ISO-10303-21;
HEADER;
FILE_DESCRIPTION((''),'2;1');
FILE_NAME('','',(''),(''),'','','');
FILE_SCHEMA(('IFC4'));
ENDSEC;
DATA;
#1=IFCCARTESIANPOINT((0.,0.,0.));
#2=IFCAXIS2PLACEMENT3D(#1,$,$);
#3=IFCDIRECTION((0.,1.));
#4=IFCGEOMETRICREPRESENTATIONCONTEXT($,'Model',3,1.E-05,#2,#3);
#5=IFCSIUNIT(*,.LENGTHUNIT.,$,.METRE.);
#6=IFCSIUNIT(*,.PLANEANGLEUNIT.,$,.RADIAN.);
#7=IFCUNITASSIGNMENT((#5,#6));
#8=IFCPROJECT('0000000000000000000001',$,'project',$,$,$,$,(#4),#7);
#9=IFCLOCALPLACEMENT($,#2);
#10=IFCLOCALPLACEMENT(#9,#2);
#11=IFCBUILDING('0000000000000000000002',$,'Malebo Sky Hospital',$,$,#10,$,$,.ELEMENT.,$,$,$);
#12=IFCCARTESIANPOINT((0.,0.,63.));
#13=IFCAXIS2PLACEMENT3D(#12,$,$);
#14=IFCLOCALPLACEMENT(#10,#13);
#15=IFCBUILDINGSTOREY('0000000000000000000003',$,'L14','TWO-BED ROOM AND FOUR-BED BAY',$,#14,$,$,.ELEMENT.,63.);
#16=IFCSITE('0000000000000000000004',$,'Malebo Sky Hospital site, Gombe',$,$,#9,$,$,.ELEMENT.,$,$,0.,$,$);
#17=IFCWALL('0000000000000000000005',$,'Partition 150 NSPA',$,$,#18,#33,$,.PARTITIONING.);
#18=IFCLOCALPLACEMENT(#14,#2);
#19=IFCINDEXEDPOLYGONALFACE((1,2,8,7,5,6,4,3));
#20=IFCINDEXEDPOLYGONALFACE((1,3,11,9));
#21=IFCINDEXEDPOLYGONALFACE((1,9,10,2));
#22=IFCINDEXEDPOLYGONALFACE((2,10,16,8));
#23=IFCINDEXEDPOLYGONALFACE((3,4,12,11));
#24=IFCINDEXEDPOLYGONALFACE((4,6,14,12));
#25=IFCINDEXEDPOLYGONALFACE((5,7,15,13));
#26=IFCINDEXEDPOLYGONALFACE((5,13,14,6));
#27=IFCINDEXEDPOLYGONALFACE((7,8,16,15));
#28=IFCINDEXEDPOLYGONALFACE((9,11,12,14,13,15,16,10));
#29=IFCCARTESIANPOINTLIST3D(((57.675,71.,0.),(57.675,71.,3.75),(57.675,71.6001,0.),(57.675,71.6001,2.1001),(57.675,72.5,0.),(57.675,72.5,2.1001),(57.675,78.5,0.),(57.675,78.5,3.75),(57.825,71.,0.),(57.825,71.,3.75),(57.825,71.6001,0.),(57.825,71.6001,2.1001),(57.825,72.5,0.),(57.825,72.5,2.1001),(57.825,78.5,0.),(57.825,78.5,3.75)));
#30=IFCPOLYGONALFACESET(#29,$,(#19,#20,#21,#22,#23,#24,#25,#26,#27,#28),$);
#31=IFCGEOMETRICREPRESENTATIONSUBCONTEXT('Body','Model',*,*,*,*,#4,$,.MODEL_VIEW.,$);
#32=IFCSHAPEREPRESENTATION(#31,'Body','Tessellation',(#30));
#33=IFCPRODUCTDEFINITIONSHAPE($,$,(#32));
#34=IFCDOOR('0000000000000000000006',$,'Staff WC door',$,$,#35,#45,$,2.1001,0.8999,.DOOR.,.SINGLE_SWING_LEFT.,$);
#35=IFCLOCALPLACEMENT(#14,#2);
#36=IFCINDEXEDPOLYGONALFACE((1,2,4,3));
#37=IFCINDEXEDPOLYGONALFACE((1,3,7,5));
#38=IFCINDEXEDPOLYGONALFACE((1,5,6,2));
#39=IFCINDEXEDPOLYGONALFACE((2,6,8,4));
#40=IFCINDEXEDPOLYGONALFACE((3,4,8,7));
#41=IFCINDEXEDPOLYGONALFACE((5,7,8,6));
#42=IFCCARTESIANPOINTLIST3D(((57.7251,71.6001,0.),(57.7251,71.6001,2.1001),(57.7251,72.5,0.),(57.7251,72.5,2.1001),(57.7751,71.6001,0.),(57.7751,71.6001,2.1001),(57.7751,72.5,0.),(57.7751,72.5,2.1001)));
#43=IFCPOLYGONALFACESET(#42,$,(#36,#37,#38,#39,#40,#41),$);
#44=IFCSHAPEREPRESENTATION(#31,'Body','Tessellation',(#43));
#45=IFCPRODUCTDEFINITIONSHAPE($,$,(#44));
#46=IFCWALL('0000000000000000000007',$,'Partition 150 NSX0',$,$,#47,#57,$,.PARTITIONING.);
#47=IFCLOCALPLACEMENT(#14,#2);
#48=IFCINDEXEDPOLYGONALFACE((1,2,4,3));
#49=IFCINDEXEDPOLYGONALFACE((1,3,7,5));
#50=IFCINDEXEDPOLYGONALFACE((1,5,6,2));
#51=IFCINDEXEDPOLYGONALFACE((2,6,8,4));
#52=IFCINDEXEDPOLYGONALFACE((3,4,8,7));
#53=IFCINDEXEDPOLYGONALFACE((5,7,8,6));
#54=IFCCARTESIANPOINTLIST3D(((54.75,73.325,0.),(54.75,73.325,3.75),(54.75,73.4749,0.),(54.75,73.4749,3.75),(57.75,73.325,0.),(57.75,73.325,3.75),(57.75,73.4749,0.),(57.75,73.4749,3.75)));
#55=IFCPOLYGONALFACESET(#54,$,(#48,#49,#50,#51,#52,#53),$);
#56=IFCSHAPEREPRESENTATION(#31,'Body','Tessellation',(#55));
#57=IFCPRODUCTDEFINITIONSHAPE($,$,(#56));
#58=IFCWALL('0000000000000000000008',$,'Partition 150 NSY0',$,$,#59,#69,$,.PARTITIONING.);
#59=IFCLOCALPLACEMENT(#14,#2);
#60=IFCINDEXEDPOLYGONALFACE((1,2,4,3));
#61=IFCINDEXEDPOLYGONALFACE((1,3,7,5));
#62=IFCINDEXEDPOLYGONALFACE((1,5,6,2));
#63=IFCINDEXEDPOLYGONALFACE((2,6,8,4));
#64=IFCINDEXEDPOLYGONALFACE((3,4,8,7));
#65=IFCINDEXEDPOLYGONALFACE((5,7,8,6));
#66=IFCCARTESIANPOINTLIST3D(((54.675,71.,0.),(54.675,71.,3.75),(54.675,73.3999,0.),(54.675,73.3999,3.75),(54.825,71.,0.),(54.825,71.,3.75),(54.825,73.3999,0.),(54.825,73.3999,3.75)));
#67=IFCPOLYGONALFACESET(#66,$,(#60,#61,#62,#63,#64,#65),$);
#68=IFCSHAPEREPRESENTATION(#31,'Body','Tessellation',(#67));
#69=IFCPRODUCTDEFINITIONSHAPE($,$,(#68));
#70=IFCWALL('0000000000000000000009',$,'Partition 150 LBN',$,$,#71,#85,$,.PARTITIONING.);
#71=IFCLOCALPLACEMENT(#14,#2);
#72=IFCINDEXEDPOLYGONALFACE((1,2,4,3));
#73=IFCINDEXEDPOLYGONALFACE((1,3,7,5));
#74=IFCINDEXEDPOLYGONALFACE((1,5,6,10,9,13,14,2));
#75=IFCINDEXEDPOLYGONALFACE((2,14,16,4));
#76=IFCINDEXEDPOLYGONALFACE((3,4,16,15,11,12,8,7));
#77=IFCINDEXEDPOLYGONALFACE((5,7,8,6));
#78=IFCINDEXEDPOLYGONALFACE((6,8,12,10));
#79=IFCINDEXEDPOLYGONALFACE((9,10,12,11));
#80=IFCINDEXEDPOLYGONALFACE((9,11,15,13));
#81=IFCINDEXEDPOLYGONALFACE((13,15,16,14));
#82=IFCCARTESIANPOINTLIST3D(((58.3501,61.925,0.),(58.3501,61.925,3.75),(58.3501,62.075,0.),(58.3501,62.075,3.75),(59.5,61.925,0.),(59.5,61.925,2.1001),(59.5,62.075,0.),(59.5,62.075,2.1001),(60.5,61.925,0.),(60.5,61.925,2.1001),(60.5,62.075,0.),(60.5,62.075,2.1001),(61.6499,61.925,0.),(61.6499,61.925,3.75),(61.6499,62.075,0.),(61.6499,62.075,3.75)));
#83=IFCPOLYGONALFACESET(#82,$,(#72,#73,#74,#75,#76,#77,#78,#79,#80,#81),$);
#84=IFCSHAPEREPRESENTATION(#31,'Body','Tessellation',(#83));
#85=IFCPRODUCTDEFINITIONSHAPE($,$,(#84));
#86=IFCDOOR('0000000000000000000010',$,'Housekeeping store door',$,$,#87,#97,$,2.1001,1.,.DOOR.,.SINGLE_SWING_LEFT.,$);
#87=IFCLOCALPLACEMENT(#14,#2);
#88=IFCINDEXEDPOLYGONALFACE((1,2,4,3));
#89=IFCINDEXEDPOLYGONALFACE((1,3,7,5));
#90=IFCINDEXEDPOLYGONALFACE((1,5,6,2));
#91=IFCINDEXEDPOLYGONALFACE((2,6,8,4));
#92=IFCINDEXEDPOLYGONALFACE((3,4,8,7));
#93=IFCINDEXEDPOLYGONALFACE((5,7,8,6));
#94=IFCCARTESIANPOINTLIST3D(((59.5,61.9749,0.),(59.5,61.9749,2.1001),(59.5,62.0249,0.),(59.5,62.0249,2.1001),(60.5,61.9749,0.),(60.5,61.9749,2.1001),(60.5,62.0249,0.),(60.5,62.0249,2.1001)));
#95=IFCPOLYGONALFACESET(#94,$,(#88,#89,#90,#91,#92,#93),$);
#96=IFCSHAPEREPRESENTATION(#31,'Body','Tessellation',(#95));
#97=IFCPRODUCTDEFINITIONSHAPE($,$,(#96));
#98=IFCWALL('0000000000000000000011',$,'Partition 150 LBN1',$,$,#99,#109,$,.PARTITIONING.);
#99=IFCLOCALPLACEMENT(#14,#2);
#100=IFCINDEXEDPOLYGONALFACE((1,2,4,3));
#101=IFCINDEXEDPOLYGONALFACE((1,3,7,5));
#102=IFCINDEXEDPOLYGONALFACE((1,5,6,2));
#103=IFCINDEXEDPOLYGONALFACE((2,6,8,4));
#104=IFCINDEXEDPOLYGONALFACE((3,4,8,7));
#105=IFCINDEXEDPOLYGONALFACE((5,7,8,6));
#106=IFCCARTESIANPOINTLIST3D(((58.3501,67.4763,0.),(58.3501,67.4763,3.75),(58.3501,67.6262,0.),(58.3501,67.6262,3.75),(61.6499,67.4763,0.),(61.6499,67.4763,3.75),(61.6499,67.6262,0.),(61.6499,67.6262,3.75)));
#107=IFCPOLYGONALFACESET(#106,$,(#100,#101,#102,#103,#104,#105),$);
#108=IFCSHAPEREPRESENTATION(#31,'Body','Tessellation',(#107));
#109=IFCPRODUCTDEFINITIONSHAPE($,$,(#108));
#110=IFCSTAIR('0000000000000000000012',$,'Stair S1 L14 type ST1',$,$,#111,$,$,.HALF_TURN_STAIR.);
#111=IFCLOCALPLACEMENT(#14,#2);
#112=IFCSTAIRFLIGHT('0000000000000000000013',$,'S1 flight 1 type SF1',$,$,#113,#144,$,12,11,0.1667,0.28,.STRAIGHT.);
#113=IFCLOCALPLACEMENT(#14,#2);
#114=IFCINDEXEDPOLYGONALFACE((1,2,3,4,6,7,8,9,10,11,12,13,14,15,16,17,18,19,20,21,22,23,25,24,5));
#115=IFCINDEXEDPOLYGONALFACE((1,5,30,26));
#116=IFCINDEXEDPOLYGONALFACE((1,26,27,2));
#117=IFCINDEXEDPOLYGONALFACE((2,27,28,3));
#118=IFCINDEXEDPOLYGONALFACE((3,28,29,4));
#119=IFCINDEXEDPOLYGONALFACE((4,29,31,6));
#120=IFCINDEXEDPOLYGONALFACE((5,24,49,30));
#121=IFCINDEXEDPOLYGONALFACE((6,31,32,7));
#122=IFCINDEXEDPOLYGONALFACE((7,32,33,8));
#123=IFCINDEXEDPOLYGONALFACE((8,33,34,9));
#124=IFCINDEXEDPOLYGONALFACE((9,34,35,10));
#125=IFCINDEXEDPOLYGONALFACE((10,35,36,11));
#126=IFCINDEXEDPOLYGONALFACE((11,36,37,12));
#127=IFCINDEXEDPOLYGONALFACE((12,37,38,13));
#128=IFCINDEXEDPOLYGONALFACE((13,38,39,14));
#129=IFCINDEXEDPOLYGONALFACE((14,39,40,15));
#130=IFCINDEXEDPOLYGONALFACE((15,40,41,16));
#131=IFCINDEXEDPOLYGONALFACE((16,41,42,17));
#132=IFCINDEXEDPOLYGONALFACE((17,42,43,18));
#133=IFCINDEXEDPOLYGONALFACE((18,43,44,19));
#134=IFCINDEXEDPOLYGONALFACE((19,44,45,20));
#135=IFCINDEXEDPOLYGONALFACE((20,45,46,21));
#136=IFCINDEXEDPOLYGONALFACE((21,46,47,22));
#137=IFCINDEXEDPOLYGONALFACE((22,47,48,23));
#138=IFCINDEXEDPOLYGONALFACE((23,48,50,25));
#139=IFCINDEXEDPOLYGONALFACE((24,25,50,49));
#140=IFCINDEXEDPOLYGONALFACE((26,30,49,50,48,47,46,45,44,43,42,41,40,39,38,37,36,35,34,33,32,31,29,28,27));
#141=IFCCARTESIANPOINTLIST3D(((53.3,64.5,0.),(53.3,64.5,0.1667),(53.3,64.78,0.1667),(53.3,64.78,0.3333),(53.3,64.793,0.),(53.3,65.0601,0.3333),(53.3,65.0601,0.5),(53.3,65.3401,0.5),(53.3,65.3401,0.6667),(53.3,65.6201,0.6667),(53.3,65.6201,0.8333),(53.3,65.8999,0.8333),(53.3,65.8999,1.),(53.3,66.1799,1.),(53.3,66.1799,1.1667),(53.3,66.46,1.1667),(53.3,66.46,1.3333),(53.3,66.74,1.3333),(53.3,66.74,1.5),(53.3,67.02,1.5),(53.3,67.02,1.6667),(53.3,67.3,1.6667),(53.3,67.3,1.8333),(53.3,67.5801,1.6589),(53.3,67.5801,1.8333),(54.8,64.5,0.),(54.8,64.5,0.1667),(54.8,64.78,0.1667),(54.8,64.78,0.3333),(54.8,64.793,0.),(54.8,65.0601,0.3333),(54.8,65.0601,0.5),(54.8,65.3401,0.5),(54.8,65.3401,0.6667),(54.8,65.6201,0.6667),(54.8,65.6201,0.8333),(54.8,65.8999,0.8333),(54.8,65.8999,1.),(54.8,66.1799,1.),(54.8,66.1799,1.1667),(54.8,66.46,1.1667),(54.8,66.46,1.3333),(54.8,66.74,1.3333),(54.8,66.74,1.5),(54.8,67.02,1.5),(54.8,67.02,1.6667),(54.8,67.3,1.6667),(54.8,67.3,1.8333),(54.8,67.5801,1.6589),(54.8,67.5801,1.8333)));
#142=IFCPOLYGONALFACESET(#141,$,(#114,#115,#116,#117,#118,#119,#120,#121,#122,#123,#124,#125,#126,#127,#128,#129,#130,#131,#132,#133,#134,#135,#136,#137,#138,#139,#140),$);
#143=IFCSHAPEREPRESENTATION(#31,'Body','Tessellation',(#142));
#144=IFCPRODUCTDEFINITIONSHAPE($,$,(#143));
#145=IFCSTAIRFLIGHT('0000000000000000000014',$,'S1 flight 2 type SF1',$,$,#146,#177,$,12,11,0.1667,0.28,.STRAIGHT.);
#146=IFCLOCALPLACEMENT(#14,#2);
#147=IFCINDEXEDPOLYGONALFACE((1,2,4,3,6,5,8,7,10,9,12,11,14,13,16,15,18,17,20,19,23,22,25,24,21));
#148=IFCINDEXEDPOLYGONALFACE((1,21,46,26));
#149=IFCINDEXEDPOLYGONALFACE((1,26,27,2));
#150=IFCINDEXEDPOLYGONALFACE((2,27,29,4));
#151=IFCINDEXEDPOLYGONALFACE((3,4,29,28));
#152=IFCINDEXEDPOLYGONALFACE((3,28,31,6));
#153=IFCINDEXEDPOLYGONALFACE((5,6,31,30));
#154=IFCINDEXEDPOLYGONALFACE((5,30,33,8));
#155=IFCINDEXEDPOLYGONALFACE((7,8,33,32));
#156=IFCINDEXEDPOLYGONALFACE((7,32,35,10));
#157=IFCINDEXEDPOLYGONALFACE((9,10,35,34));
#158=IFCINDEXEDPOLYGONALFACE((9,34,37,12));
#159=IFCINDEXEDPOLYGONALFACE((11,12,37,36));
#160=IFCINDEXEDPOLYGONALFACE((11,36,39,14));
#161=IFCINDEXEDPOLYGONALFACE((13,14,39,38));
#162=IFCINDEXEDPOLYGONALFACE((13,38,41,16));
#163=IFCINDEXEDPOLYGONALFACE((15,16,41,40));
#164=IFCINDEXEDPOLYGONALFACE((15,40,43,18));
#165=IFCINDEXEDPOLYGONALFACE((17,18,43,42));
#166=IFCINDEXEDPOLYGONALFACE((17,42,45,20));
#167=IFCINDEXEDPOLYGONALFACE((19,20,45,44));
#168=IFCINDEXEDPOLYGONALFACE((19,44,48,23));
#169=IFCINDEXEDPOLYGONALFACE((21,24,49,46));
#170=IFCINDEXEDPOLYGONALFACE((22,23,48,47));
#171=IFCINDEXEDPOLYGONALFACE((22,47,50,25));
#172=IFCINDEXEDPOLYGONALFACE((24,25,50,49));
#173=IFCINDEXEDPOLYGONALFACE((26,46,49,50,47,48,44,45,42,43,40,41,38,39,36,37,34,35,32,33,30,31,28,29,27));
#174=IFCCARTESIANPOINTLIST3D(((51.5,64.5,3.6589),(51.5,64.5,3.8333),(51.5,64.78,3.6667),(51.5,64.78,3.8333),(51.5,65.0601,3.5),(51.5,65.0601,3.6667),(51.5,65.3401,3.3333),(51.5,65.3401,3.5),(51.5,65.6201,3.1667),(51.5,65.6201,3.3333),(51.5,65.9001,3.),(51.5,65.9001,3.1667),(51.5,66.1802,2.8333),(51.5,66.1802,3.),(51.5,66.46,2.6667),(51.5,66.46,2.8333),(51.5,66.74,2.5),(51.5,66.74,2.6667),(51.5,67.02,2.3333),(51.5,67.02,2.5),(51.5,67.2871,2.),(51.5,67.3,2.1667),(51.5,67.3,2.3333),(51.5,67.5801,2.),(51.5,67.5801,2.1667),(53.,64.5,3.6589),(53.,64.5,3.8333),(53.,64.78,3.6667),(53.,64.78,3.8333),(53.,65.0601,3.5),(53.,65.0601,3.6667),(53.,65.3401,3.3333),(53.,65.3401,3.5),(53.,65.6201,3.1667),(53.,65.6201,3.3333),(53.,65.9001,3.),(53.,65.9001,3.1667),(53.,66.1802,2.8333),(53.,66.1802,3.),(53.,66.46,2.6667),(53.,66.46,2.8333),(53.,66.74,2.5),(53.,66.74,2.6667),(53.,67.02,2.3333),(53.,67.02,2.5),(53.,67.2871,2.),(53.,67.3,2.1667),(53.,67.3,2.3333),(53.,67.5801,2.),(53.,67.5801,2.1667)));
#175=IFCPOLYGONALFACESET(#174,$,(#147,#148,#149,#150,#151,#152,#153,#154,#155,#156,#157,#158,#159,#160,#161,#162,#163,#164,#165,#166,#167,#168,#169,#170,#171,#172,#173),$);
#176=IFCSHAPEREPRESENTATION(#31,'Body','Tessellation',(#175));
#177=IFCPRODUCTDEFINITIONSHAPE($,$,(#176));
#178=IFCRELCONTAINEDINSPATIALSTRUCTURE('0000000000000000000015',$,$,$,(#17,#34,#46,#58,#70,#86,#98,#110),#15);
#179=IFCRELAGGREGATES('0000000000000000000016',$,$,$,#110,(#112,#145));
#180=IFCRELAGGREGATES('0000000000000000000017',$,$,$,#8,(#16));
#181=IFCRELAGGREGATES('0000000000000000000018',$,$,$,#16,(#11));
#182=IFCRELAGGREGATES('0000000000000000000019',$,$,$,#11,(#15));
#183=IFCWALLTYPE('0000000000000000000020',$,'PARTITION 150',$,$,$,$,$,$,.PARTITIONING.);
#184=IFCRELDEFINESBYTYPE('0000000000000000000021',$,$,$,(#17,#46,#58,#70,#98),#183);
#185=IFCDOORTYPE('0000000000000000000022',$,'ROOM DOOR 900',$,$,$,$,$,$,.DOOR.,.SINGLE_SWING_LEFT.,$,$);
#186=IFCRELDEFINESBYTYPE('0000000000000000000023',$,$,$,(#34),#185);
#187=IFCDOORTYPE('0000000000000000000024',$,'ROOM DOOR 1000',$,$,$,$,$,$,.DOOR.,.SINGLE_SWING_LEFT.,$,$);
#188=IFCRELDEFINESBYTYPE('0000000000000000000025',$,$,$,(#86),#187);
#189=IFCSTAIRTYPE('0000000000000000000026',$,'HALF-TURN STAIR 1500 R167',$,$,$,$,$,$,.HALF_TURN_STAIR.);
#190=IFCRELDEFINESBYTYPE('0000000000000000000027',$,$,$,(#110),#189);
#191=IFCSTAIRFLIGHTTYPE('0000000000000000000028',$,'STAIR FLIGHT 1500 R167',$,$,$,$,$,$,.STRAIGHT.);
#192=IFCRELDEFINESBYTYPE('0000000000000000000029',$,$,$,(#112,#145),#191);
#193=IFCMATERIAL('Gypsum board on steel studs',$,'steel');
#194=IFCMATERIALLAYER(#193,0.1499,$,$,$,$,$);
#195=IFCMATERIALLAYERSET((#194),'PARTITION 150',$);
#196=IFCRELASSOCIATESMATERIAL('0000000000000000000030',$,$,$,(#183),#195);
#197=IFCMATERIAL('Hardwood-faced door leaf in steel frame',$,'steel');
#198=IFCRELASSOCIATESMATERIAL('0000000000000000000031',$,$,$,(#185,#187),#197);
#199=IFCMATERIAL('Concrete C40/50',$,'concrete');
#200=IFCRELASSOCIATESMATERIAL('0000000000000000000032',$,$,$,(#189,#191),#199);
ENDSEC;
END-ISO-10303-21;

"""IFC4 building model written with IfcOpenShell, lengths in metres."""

from ifc_helpers import new_model, si_unit, direction, frame, frame_2d, origin, place, context, subcontext, project, spatial, polyline, rectangle, outline, extrude, material, layer, layer_set, type_object, element, fill, aggregate, save


model = new_model("IFC4")

# Units and contexts
model_context = context("Model", 3, precision=1e-05, world=origin(), true_north=direction((0.0, 1.0)))
body_context = subcontext(model_context, "Body", "Model", "MODEL_VIEW")
ifc_project = project(units=[si_unit("LENGTHUNIT", "METRE"), si_unit("PLANEANGLEUNIT", "RADIAN")], contexts=[model_context])

# Site, building, storey
site_placement = place(None, origin())
site = spatial("IfcSite", under=ifc_project, at=site_placement, Name="Malebo Sky Hospital site, Gombe", CompositionType="ELEMENT", RefElevation=0.0)
building_placement = place(site_placement, origin())
building = spatial("IfcBuilding", under=site, at=building_placement, Name="Malebo Sky Hospital", CompositionType="ELEMENT")
storey_placement = place(building_placement, frame((0.0, 0.0, 63.0)))
storey = spatial("IfcBuildingStorey", under=building, at=storey_placement, Name="L14", Description="TWO-BED ROOM AND FOUR-BED BAY", CompositionType="ELEMENT", Elevation=63.0)

# Wall, opening, door
ifc_material_1 = material(Name="Gypsum board on steel studs", Category="steel")
ifc_layer_1 = layer(ifc_material_1, 0.1499)
ifc_layer_set_1 = layer_set([ifc_layer_1], Name="PARTITION 150")
wall_type_1 = type_object("IfcWallType", Name="PARTITION 150", PredefinedType="PARTITIONING", material=ifc_layer_set_1)
wall_1_placement = place(storey_placement, frame((57.75, 71.0, 0.0), z_axis=(0.0, 0.0, 1.0), x_axis=(0.0, 1.0, 0.0)))
wall_1 = element("IfcWall", 1, at=wall_1_placement, inside=storey, type_object=wall_type_1, Name="Partition 150 NSPA", PredefinedType="PARTITIONING", context=body_context, shape_type="SweptSolid", body=[
    extrude(rectangle(XDim=7.5, YDim=0.1499, at=frame_2d((3.75, 0.0))), origin(), (0.0, 0.0, 1.0), 3.75),
])
opening_1_placement = place(wall_1_placement, frame((0.6001, 0.0, 0.0)))
opening_1 = element("IfcOpeningElement", 2, at=opening_1_placement, cuts=wall_1, PredefinedType="OPENING", context=body_context, shape_type="SweptSolid", body=[
    extrude(rectangle(XDim=0.8999, YDim=2.1001, at=frame_2d((0.45, 1.05))), frame((0.0, 0.085, 0.0), z_axis=(0.0, -1.0, 0.0), x_axis=(1.0, 0.0, 0.0)), (0.0, 0.0, 1.0), 0.1699),
])
ifc_material_2 = material(Name="Hardwood-faced door leaf in steel frame", Category="steel")
door_type_1 = type_object("IfcDoorType", Name="ROOM DOOR 900", OperationType="SINGLE_SWING_LEFT", PredefinedType="DOOR", material=ifc_material_2)
door_1_placement = place(opening_1_placement, origin())
door_1 = element("IfcDoor", 3, at=door_1_placement, inside=storey, type_object=door_type_1, Name="Staff WC door", OperationType="SINGLE_SWING_LEFT", OverallHeight=2.1001, OverallWidth=0.8999, PredefinedType="DOOR", context=body_context, shape_type="SweptSolid", body=[
    extrude(rectangle(XDim=0.8999, YDim=2.1001, at=frame_2d((0.45, 1.05))), frame((0.0, 0.0249, 0.0), z_axis=(0.0, -1.0, 0.0), x_axis=(1.0, 0.0, 0.0)), (0.0, 0.0, 1.0), 0.05),
])
fill(opening_1, door_1)

# Walls
wall_2_placement = place(storey_placement, frame((54.75, 73.3999, 0.0), z_axis=(0.0, 0.0, 1.0), x_axis=(1.0, 0.0, 0.0)))
element("IfcWall", 4, at=wall_2_placement, inside=storey, type_object=wall_type_1, Name="Partition 150 NSX0", PredefinedType="PARTITIONING", context=body_context, shape_type="SweptSolid", body=[
    extrude(rectangle(XDim=3.0, YDim=0.1499, at=frame_2d((1.5, 0.0))), origin(), (0.0, 0.0, 1.0), 3.75),
])
wall_3_placement = place(storey_placement, frame((54.75, 71.0, 0.0), z_axis=(0.0, 0.0, 1.0), x_axis=(0.0, 1.0, 0.0)))
element("IfcWall", 5, at=wall_3_placement, inside=storey, type_object=wall_type_1, Name="Partition 150 NSY0", PredefinedType="PARTITIONING", context=body_context, shape_type="SweptSolid", body=[
    extrude(rectangle(XDim=2.3999, YDim=0.1499, at=frame_2d((1.2, 0.0))), origin(), (0.0, 0.0, 1.0), 3.75),
])

# Wall, opening, door
wall_4_placement = place(storey_placement, frame((58.3501, 62.0, 0.0), z_axis=(0.0, 0.0, 1.0), x_axis=(1.0, 0.0, 0.0)))
wall_4 = element("IfcWall", 6, at=wall_4_placement, inside=storey, type_object=wall_type_1, Name="Partition 150 LBN", PredefinedType="PARTITIONING", context=body_context, shape_type="SweptSolid", body=[
    extrude(rectangle(XDim=3.2998, YDim=0.1499, at=frame_2d((1.6499, 0.0))), origin(), (0.0, 0.0, 1.0), 3.75),
])
opening_2_placement = place(wall_4_placement, frame((1.1499, 0.0, 0.0)))
opening_2 = element("IfcOpeningElement", 7, at=opening_2_placement, cuts=wall_4, PredefinedType="OPENING", context=body_context, shape_type="SweptSolid", body=[
    extrude(rectangle(XDim=1.0, YDim=2.1001, at=frame_2d((0.5, 1.05))), frame((0.0, 0.085, 0.0), z_axis=(0.0, -1.0, 0.0), x_axis=(1.0, 0.0, 0.0)), (0.0, 0.0, 1.0), 0.1699),
])
door_type_2 = type_object("IfcDoorType", Name="ROOM DOOR 1000", OperationType="SINGLE_SWING_LEFT", PredefinedType="DOOR", material=ifc_material_2)
door_2_placement = place(opening_2_placement, origin())
door_2 = element("IfcDoor", 8, at=door_2_placement, inside=storey, type_object=door_type_2, Name="Housekeeping store door", OperationType="SINGLE_SWING_LEFT", OverallHeight=2.1001, OverallWidth=1.0, PredefinedType="DOOR", context=body_context, shape_type="SweptSolid", body=[
    extrude(rectangle(XDim=1.0, YDim=2.1001, at=frame_2d((0.5, 1.05))), frame((0.0, 0.0249, 0.0), z_axis=(0.0, -1.0, 0.0), x_axis=(1.0, 0.0, 0.0)), (0.0, 0.0, 1.0), 0.05),
])
fill(opening_2, door_2)

# Wall
wall_5_placement = place(storey_placement, frame((58.3501, 67.5513, 0.0), z_axis=(0.0, 0.0, 1.0), x_axis=(1.0, 0.0, 0.0)))
element("IfcWall", 9, at=wall_5_placement, inside=storey, type_object=wall_type_1, Name="Partition 150 LBN1", PredefinedType="PARTITIONING", context=body_context, shape_type="SweptSolid", body=[
    extrude(rectangle(XDim=3.2998, YDim=0.1499, at=frame_2d((1.6499, 0.0))), origin(), (0.0, 0.0, 1.0), 3.75),
])

# Stair, stair flights
ifc_material_3 = material(Name="Concrete C40/50", Category="concrete")
stair_type = type_object("IfcStairType", Name="HALF-TURN STAIR 1500 R167", PredefinedType="HALF_TURN_STAIR", material=ifc_material_3)
stair_placement = place(storey_placement, origin())
stair = element("IfcStair", 10, at=stair_placement, inside=storey, type_object=stair_type, Name="Stair S1 L14 type ST1", PredefinedType="HALF_TURN_STAIR")
stair_flight_type = type_object("IfcStairFlightType", Name="STAIR FLIGHT 1500 R167", PredefinedType="STRAIGHT", material=ifc_material_3)
stair_flight_1_placement = place(storey_placement, frame((54.05, 64.5, 0.0), z_axis=(0.0, 0.0, 1.0), x_axis=(0.0, 1.0, 0.0)))
stair_flight_1 = element("IfcStairFlight", 11, at=stair_flight_1_placement, type_object=stair_flight_type, Name="S1 flight 1 type SF1", NumberOfRisers=12, NumberOfTreads=11, PredefinedType="STRAIGHT", RiserHeight=0.1667, TreadLength=0.28, context=body_context, shape_type="SweptSolid", body=[
    extrude(outline(polyline([(0.0, 0.0), (0.0, 0.1667), (0.28, 0.1667), (0.28, 0.3333), (0.5601, 0.3333), (0.5601, 0.5), (0.8401, 0.5), (0.8401, 0.6667), (1.1201, 0.6667), (1.1201, 0.8333), (1.3999, 0.8333), (1.3999, 1.0), (1.6799, 1.0), (1.6799, 1.1667), (1.96, 1.1667), (1.96, 1.3333), (2.24, 1.3333), (2.24, 1.5), (2.52, 1.5), (2.52, 1.6667), (2.8, 1.6667), (2.8, 1.8333), (3.0801, 1.8333), (3.0801, 2.0), (3.0801, 1.6589), (0.293, 0.0), (0.0, 0.0)])), frame((0.0, 0.75, 0.0), z_axis=(0.0, -1.0, 0.0), x_axis=(1.0, 0.0, 0.0)), (0.0, 0.0, 1.0), 1.5),
])
stair_flight_2_placement = place(storey_placement, frame((52.25, 67.5801, 2.0), z_axis=(0.0, 0.0, 1.0), x_axis=(0.0, -1.0, 0.0)))
stair_flight_2 = element("IfcStairFlight", 12, at=stair_flight_2_placement, type_object=stair_flight_type, Name="S1 flight 2 type SF1", NumberOfRisers=12, NumberOfTreads=11, PredefinedType="STRAIGHT", RiserHeight=0.1667, TreadLength=0.28, context=body_context, shape_type="SweptSolid", body=[
    extrude(outline(polyline([(0.0, 0.0), (0.0, 0.1667), (0.28, 0.1667), (0.28, 0.3333), (0.5601, 0.3333), (0.5601, 0.5), (0.8401, 0.5), (0.8401, 0.6667), (1.1201, 0.6667), (1.1201, 0.8333), (1.3999, 0.8333), (1.3999, 1.0), (1.6799, 1.0), (1.6799, 1.1667), (1.96, 1.1667), (1.96, 1.3333), (2.24, 1.3333), (2.24, 1.5), (2.52, 1.5), (2.52, 1.6667), (2.8, 1.6667), (2.8, 1.8333), (3.0801, 1.8333), (3.0801, 2.0), (3.0801, 1.6589), (0.293, 0.0), (0.0, 0.0)])), frame((0.0, 0.75, 0.0), z_axis=(0.0, -1.0, 0.0), x_axis=(1.0, 0.0, 0.0)), (0.0, 0.0, 1.0), 1.5),
])
aggregate(stair, [stair_flight_1, stair_flight_2])

save(model, "model.ifc")
